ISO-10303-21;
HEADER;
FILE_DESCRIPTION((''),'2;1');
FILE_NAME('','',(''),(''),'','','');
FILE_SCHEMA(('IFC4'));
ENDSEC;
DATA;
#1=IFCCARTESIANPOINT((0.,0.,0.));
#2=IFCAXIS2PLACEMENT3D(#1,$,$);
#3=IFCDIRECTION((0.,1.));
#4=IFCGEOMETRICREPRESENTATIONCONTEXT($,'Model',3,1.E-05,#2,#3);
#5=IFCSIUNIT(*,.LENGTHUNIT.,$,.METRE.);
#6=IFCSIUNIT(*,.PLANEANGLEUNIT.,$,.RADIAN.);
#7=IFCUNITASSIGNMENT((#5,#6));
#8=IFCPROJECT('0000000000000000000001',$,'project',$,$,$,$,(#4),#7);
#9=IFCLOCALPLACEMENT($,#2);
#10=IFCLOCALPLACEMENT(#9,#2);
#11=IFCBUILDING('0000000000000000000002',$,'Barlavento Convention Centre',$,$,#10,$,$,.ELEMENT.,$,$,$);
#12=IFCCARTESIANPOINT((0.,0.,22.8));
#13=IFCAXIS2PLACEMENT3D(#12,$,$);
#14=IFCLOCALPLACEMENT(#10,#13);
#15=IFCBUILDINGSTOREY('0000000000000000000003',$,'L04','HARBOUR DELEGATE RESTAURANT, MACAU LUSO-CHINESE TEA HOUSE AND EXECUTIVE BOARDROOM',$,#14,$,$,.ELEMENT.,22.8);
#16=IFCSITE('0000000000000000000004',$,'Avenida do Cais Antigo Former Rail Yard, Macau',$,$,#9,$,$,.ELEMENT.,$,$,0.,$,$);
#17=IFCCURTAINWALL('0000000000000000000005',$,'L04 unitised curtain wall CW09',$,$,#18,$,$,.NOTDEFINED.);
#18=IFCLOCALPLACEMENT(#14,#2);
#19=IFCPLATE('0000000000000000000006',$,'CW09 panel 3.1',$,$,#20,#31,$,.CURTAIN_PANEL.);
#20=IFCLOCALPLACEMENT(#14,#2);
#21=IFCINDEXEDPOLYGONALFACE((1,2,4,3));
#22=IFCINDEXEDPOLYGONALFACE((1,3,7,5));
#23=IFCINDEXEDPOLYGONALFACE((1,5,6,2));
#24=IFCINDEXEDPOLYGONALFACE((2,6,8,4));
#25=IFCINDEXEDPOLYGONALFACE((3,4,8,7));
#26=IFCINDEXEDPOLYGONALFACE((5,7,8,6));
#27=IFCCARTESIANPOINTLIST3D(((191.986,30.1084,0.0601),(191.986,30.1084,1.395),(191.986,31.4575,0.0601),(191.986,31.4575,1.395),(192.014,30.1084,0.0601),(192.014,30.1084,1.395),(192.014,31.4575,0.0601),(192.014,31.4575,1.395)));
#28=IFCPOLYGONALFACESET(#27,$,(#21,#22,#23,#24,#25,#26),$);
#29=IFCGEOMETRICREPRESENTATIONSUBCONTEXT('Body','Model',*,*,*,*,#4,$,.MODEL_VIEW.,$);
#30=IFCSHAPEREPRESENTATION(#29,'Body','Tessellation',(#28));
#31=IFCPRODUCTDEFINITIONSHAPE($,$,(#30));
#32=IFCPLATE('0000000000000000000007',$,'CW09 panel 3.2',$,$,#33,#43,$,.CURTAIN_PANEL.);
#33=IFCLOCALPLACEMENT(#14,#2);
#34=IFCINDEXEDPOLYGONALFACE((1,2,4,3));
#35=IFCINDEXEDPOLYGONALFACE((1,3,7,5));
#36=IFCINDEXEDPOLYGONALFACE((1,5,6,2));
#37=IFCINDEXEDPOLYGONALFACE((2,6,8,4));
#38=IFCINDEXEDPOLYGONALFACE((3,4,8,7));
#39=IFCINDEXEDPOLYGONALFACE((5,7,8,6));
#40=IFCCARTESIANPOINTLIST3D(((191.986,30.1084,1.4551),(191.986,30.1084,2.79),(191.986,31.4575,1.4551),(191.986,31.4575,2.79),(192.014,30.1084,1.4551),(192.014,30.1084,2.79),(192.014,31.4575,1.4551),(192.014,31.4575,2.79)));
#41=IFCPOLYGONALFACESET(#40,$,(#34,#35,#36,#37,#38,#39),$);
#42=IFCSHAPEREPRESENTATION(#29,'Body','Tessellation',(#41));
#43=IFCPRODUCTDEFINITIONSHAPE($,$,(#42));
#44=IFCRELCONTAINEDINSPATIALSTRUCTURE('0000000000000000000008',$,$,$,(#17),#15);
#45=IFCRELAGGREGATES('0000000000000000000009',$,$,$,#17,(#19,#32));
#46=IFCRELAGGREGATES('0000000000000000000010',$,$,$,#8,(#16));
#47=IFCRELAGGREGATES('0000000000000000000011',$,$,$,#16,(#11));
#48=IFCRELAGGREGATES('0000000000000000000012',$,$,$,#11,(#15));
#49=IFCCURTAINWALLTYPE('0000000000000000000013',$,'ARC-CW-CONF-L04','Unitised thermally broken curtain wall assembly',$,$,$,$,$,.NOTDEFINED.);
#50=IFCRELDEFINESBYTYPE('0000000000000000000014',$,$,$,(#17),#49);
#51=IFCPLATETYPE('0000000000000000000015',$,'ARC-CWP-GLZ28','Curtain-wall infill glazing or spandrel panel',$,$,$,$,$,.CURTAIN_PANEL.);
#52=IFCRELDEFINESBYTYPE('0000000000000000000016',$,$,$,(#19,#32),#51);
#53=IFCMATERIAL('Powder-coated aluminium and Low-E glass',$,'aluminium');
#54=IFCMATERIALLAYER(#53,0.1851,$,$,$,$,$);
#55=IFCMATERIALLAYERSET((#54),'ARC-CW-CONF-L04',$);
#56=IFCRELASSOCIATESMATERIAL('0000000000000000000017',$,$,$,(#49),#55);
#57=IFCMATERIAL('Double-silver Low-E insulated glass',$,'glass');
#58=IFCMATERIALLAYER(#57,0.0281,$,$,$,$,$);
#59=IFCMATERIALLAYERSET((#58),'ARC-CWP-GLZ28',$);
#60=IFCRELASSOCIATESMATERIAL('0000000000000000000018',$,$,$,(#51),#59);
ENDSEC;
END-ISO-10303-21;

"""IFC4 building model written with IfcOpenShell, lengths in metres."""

from ifc_helpers import new_model, si_unit, direction, frame, origin, origin_2d, place, context, subcontext, project, spatial, rectangle, extrude, material, layer, layer_set, type_object, element, aggregate, save


model = new_model("IFC4")

# Units and contexts
model_context = context("Model", 3, precision=1e-05, world=origin(), true_north=direction((0.0, 1.0)))
body_context = subcontext(model_context, "Body", "Model", "MODEL_VIEW")
ifc_project = project(units=[si_unit("LENGTHUNIT", "METRE"), si_unit("PLANEANGLEUNIT", "RADIAN")], contexts=[model_context])

# Site, building, storey
site_placement = place(None, origin())
site = spatial("IfcSite", under=ifc_project, at=site_placement, Name="Avenida do Cais Antigo Former Rail Yard, Macau", CompositionType="ELEMENT", RefElevation=0.0)
building_placement = place(site_placement, origin())
building = spatial("IfcBuilding", under=site, at=building_placement, Name="Barlavento Convention Centre", CompositionType="ELEMENT")
storey_placement = place(building_placement, frame((0.0, 0.0, 22.8)))
storey = spatial("IfcBuildingStorey", under=building, at=storey_placement, Name="L04", Description="HARBOUR DELEGATE RESTAURANT, MACAU LUSO-CHINESE TEA HOUSE AND EXECUTIVE BOARDROOM", CompositionType="ELEMENT", Elevation=22.8)

# Curtain wall
ifc_material_1 = material(Name="Powder-coated aluminium and Low-E glass", Category="aluminium")
ifc_layer_1 = layer(ifc_material_1, 0.1851)
ifc_layer_set_1 = layer_set([ifc_layer_1], Name="ARC-CW-CONF-L04")
curtain_wall_type = type_object("IfcCurtainWallType", Name="ARC-CW-CONF-L04", Description="Unitised thermally broken curtain wall assembly", PredefinedType="NOTDEFINED", material=ifc_layer_set_1)
curtain_wall_1_placement = place(storey_placement, origin())
curtain_wall_1 = element("IfcCurtainWall", 1, at=curtain_wall_1_placement, inside=storey, type_object=curtain_wall_type, Name="L04 unitised curtain wall CW09", PredefinedType="NOTDEFINED")

# Plates
ifc_material_2 = material(Name="Double-silver Low-E insulated glass", Category="glass")
ifc_layer_2 = layer(ifc_material_2, 0.0281)
ifc_layer_set_2 = layer_set([ifc_layer_2], Name="ARC-CWP-GLZ28")
plate_type = type_object("IfcPlateType", Name="ARC-CWP-GLZ28", Description="Curtain-wall infill glazing or spandrel panel", PredefinedType="CURTAIN_PANEL", material=ifc_layer_set_2)
plate_1_placement = place(storey_placement, frame((192.0, 30.783, 0.0601), z_axis=(0.0, 0.0, 1.0), x_axis=(0.0, 1.0, 0.0)))
plate_1 = element("IfcPlate", 2, at=plate_1_placement, type_object=plate_type, Name="CW09 panel 3.1", PredefinedType="CURTAIN_PANEL", context=body_context, shape_type="SweptSolid", body=[
    extrude(rectangle(XDim=1.3491, YDim=0.0281, at=origin_2d()), origin(), (0.0, 0.0, 1.0), 1.335),
])
plate_2_placement = place(storey_placement, frame((192.0, 30.783, 1.4551), z_axis=(0.0, 0.0, 1.0), x_axis=(0.0, 1.0, 0.0)))
plate_2 = element("IfcPlate", 3, at=plate_2_placement, type_object=plate_type, Name="CW09 panel 3.2", PredefinedType="CURTAIN_PANEL", context=body_context, shape_type="SweptSolid", body=[
    extrude(rectangle(XDim=1.3491, YDim=0.0281, at=origin_2d()), origin(), (0.0, 0.0, 1.0), 1.335),
])
aggregate(curtain_wall_1, [plate_1, plate_2])

save(model, "model.ifc")
